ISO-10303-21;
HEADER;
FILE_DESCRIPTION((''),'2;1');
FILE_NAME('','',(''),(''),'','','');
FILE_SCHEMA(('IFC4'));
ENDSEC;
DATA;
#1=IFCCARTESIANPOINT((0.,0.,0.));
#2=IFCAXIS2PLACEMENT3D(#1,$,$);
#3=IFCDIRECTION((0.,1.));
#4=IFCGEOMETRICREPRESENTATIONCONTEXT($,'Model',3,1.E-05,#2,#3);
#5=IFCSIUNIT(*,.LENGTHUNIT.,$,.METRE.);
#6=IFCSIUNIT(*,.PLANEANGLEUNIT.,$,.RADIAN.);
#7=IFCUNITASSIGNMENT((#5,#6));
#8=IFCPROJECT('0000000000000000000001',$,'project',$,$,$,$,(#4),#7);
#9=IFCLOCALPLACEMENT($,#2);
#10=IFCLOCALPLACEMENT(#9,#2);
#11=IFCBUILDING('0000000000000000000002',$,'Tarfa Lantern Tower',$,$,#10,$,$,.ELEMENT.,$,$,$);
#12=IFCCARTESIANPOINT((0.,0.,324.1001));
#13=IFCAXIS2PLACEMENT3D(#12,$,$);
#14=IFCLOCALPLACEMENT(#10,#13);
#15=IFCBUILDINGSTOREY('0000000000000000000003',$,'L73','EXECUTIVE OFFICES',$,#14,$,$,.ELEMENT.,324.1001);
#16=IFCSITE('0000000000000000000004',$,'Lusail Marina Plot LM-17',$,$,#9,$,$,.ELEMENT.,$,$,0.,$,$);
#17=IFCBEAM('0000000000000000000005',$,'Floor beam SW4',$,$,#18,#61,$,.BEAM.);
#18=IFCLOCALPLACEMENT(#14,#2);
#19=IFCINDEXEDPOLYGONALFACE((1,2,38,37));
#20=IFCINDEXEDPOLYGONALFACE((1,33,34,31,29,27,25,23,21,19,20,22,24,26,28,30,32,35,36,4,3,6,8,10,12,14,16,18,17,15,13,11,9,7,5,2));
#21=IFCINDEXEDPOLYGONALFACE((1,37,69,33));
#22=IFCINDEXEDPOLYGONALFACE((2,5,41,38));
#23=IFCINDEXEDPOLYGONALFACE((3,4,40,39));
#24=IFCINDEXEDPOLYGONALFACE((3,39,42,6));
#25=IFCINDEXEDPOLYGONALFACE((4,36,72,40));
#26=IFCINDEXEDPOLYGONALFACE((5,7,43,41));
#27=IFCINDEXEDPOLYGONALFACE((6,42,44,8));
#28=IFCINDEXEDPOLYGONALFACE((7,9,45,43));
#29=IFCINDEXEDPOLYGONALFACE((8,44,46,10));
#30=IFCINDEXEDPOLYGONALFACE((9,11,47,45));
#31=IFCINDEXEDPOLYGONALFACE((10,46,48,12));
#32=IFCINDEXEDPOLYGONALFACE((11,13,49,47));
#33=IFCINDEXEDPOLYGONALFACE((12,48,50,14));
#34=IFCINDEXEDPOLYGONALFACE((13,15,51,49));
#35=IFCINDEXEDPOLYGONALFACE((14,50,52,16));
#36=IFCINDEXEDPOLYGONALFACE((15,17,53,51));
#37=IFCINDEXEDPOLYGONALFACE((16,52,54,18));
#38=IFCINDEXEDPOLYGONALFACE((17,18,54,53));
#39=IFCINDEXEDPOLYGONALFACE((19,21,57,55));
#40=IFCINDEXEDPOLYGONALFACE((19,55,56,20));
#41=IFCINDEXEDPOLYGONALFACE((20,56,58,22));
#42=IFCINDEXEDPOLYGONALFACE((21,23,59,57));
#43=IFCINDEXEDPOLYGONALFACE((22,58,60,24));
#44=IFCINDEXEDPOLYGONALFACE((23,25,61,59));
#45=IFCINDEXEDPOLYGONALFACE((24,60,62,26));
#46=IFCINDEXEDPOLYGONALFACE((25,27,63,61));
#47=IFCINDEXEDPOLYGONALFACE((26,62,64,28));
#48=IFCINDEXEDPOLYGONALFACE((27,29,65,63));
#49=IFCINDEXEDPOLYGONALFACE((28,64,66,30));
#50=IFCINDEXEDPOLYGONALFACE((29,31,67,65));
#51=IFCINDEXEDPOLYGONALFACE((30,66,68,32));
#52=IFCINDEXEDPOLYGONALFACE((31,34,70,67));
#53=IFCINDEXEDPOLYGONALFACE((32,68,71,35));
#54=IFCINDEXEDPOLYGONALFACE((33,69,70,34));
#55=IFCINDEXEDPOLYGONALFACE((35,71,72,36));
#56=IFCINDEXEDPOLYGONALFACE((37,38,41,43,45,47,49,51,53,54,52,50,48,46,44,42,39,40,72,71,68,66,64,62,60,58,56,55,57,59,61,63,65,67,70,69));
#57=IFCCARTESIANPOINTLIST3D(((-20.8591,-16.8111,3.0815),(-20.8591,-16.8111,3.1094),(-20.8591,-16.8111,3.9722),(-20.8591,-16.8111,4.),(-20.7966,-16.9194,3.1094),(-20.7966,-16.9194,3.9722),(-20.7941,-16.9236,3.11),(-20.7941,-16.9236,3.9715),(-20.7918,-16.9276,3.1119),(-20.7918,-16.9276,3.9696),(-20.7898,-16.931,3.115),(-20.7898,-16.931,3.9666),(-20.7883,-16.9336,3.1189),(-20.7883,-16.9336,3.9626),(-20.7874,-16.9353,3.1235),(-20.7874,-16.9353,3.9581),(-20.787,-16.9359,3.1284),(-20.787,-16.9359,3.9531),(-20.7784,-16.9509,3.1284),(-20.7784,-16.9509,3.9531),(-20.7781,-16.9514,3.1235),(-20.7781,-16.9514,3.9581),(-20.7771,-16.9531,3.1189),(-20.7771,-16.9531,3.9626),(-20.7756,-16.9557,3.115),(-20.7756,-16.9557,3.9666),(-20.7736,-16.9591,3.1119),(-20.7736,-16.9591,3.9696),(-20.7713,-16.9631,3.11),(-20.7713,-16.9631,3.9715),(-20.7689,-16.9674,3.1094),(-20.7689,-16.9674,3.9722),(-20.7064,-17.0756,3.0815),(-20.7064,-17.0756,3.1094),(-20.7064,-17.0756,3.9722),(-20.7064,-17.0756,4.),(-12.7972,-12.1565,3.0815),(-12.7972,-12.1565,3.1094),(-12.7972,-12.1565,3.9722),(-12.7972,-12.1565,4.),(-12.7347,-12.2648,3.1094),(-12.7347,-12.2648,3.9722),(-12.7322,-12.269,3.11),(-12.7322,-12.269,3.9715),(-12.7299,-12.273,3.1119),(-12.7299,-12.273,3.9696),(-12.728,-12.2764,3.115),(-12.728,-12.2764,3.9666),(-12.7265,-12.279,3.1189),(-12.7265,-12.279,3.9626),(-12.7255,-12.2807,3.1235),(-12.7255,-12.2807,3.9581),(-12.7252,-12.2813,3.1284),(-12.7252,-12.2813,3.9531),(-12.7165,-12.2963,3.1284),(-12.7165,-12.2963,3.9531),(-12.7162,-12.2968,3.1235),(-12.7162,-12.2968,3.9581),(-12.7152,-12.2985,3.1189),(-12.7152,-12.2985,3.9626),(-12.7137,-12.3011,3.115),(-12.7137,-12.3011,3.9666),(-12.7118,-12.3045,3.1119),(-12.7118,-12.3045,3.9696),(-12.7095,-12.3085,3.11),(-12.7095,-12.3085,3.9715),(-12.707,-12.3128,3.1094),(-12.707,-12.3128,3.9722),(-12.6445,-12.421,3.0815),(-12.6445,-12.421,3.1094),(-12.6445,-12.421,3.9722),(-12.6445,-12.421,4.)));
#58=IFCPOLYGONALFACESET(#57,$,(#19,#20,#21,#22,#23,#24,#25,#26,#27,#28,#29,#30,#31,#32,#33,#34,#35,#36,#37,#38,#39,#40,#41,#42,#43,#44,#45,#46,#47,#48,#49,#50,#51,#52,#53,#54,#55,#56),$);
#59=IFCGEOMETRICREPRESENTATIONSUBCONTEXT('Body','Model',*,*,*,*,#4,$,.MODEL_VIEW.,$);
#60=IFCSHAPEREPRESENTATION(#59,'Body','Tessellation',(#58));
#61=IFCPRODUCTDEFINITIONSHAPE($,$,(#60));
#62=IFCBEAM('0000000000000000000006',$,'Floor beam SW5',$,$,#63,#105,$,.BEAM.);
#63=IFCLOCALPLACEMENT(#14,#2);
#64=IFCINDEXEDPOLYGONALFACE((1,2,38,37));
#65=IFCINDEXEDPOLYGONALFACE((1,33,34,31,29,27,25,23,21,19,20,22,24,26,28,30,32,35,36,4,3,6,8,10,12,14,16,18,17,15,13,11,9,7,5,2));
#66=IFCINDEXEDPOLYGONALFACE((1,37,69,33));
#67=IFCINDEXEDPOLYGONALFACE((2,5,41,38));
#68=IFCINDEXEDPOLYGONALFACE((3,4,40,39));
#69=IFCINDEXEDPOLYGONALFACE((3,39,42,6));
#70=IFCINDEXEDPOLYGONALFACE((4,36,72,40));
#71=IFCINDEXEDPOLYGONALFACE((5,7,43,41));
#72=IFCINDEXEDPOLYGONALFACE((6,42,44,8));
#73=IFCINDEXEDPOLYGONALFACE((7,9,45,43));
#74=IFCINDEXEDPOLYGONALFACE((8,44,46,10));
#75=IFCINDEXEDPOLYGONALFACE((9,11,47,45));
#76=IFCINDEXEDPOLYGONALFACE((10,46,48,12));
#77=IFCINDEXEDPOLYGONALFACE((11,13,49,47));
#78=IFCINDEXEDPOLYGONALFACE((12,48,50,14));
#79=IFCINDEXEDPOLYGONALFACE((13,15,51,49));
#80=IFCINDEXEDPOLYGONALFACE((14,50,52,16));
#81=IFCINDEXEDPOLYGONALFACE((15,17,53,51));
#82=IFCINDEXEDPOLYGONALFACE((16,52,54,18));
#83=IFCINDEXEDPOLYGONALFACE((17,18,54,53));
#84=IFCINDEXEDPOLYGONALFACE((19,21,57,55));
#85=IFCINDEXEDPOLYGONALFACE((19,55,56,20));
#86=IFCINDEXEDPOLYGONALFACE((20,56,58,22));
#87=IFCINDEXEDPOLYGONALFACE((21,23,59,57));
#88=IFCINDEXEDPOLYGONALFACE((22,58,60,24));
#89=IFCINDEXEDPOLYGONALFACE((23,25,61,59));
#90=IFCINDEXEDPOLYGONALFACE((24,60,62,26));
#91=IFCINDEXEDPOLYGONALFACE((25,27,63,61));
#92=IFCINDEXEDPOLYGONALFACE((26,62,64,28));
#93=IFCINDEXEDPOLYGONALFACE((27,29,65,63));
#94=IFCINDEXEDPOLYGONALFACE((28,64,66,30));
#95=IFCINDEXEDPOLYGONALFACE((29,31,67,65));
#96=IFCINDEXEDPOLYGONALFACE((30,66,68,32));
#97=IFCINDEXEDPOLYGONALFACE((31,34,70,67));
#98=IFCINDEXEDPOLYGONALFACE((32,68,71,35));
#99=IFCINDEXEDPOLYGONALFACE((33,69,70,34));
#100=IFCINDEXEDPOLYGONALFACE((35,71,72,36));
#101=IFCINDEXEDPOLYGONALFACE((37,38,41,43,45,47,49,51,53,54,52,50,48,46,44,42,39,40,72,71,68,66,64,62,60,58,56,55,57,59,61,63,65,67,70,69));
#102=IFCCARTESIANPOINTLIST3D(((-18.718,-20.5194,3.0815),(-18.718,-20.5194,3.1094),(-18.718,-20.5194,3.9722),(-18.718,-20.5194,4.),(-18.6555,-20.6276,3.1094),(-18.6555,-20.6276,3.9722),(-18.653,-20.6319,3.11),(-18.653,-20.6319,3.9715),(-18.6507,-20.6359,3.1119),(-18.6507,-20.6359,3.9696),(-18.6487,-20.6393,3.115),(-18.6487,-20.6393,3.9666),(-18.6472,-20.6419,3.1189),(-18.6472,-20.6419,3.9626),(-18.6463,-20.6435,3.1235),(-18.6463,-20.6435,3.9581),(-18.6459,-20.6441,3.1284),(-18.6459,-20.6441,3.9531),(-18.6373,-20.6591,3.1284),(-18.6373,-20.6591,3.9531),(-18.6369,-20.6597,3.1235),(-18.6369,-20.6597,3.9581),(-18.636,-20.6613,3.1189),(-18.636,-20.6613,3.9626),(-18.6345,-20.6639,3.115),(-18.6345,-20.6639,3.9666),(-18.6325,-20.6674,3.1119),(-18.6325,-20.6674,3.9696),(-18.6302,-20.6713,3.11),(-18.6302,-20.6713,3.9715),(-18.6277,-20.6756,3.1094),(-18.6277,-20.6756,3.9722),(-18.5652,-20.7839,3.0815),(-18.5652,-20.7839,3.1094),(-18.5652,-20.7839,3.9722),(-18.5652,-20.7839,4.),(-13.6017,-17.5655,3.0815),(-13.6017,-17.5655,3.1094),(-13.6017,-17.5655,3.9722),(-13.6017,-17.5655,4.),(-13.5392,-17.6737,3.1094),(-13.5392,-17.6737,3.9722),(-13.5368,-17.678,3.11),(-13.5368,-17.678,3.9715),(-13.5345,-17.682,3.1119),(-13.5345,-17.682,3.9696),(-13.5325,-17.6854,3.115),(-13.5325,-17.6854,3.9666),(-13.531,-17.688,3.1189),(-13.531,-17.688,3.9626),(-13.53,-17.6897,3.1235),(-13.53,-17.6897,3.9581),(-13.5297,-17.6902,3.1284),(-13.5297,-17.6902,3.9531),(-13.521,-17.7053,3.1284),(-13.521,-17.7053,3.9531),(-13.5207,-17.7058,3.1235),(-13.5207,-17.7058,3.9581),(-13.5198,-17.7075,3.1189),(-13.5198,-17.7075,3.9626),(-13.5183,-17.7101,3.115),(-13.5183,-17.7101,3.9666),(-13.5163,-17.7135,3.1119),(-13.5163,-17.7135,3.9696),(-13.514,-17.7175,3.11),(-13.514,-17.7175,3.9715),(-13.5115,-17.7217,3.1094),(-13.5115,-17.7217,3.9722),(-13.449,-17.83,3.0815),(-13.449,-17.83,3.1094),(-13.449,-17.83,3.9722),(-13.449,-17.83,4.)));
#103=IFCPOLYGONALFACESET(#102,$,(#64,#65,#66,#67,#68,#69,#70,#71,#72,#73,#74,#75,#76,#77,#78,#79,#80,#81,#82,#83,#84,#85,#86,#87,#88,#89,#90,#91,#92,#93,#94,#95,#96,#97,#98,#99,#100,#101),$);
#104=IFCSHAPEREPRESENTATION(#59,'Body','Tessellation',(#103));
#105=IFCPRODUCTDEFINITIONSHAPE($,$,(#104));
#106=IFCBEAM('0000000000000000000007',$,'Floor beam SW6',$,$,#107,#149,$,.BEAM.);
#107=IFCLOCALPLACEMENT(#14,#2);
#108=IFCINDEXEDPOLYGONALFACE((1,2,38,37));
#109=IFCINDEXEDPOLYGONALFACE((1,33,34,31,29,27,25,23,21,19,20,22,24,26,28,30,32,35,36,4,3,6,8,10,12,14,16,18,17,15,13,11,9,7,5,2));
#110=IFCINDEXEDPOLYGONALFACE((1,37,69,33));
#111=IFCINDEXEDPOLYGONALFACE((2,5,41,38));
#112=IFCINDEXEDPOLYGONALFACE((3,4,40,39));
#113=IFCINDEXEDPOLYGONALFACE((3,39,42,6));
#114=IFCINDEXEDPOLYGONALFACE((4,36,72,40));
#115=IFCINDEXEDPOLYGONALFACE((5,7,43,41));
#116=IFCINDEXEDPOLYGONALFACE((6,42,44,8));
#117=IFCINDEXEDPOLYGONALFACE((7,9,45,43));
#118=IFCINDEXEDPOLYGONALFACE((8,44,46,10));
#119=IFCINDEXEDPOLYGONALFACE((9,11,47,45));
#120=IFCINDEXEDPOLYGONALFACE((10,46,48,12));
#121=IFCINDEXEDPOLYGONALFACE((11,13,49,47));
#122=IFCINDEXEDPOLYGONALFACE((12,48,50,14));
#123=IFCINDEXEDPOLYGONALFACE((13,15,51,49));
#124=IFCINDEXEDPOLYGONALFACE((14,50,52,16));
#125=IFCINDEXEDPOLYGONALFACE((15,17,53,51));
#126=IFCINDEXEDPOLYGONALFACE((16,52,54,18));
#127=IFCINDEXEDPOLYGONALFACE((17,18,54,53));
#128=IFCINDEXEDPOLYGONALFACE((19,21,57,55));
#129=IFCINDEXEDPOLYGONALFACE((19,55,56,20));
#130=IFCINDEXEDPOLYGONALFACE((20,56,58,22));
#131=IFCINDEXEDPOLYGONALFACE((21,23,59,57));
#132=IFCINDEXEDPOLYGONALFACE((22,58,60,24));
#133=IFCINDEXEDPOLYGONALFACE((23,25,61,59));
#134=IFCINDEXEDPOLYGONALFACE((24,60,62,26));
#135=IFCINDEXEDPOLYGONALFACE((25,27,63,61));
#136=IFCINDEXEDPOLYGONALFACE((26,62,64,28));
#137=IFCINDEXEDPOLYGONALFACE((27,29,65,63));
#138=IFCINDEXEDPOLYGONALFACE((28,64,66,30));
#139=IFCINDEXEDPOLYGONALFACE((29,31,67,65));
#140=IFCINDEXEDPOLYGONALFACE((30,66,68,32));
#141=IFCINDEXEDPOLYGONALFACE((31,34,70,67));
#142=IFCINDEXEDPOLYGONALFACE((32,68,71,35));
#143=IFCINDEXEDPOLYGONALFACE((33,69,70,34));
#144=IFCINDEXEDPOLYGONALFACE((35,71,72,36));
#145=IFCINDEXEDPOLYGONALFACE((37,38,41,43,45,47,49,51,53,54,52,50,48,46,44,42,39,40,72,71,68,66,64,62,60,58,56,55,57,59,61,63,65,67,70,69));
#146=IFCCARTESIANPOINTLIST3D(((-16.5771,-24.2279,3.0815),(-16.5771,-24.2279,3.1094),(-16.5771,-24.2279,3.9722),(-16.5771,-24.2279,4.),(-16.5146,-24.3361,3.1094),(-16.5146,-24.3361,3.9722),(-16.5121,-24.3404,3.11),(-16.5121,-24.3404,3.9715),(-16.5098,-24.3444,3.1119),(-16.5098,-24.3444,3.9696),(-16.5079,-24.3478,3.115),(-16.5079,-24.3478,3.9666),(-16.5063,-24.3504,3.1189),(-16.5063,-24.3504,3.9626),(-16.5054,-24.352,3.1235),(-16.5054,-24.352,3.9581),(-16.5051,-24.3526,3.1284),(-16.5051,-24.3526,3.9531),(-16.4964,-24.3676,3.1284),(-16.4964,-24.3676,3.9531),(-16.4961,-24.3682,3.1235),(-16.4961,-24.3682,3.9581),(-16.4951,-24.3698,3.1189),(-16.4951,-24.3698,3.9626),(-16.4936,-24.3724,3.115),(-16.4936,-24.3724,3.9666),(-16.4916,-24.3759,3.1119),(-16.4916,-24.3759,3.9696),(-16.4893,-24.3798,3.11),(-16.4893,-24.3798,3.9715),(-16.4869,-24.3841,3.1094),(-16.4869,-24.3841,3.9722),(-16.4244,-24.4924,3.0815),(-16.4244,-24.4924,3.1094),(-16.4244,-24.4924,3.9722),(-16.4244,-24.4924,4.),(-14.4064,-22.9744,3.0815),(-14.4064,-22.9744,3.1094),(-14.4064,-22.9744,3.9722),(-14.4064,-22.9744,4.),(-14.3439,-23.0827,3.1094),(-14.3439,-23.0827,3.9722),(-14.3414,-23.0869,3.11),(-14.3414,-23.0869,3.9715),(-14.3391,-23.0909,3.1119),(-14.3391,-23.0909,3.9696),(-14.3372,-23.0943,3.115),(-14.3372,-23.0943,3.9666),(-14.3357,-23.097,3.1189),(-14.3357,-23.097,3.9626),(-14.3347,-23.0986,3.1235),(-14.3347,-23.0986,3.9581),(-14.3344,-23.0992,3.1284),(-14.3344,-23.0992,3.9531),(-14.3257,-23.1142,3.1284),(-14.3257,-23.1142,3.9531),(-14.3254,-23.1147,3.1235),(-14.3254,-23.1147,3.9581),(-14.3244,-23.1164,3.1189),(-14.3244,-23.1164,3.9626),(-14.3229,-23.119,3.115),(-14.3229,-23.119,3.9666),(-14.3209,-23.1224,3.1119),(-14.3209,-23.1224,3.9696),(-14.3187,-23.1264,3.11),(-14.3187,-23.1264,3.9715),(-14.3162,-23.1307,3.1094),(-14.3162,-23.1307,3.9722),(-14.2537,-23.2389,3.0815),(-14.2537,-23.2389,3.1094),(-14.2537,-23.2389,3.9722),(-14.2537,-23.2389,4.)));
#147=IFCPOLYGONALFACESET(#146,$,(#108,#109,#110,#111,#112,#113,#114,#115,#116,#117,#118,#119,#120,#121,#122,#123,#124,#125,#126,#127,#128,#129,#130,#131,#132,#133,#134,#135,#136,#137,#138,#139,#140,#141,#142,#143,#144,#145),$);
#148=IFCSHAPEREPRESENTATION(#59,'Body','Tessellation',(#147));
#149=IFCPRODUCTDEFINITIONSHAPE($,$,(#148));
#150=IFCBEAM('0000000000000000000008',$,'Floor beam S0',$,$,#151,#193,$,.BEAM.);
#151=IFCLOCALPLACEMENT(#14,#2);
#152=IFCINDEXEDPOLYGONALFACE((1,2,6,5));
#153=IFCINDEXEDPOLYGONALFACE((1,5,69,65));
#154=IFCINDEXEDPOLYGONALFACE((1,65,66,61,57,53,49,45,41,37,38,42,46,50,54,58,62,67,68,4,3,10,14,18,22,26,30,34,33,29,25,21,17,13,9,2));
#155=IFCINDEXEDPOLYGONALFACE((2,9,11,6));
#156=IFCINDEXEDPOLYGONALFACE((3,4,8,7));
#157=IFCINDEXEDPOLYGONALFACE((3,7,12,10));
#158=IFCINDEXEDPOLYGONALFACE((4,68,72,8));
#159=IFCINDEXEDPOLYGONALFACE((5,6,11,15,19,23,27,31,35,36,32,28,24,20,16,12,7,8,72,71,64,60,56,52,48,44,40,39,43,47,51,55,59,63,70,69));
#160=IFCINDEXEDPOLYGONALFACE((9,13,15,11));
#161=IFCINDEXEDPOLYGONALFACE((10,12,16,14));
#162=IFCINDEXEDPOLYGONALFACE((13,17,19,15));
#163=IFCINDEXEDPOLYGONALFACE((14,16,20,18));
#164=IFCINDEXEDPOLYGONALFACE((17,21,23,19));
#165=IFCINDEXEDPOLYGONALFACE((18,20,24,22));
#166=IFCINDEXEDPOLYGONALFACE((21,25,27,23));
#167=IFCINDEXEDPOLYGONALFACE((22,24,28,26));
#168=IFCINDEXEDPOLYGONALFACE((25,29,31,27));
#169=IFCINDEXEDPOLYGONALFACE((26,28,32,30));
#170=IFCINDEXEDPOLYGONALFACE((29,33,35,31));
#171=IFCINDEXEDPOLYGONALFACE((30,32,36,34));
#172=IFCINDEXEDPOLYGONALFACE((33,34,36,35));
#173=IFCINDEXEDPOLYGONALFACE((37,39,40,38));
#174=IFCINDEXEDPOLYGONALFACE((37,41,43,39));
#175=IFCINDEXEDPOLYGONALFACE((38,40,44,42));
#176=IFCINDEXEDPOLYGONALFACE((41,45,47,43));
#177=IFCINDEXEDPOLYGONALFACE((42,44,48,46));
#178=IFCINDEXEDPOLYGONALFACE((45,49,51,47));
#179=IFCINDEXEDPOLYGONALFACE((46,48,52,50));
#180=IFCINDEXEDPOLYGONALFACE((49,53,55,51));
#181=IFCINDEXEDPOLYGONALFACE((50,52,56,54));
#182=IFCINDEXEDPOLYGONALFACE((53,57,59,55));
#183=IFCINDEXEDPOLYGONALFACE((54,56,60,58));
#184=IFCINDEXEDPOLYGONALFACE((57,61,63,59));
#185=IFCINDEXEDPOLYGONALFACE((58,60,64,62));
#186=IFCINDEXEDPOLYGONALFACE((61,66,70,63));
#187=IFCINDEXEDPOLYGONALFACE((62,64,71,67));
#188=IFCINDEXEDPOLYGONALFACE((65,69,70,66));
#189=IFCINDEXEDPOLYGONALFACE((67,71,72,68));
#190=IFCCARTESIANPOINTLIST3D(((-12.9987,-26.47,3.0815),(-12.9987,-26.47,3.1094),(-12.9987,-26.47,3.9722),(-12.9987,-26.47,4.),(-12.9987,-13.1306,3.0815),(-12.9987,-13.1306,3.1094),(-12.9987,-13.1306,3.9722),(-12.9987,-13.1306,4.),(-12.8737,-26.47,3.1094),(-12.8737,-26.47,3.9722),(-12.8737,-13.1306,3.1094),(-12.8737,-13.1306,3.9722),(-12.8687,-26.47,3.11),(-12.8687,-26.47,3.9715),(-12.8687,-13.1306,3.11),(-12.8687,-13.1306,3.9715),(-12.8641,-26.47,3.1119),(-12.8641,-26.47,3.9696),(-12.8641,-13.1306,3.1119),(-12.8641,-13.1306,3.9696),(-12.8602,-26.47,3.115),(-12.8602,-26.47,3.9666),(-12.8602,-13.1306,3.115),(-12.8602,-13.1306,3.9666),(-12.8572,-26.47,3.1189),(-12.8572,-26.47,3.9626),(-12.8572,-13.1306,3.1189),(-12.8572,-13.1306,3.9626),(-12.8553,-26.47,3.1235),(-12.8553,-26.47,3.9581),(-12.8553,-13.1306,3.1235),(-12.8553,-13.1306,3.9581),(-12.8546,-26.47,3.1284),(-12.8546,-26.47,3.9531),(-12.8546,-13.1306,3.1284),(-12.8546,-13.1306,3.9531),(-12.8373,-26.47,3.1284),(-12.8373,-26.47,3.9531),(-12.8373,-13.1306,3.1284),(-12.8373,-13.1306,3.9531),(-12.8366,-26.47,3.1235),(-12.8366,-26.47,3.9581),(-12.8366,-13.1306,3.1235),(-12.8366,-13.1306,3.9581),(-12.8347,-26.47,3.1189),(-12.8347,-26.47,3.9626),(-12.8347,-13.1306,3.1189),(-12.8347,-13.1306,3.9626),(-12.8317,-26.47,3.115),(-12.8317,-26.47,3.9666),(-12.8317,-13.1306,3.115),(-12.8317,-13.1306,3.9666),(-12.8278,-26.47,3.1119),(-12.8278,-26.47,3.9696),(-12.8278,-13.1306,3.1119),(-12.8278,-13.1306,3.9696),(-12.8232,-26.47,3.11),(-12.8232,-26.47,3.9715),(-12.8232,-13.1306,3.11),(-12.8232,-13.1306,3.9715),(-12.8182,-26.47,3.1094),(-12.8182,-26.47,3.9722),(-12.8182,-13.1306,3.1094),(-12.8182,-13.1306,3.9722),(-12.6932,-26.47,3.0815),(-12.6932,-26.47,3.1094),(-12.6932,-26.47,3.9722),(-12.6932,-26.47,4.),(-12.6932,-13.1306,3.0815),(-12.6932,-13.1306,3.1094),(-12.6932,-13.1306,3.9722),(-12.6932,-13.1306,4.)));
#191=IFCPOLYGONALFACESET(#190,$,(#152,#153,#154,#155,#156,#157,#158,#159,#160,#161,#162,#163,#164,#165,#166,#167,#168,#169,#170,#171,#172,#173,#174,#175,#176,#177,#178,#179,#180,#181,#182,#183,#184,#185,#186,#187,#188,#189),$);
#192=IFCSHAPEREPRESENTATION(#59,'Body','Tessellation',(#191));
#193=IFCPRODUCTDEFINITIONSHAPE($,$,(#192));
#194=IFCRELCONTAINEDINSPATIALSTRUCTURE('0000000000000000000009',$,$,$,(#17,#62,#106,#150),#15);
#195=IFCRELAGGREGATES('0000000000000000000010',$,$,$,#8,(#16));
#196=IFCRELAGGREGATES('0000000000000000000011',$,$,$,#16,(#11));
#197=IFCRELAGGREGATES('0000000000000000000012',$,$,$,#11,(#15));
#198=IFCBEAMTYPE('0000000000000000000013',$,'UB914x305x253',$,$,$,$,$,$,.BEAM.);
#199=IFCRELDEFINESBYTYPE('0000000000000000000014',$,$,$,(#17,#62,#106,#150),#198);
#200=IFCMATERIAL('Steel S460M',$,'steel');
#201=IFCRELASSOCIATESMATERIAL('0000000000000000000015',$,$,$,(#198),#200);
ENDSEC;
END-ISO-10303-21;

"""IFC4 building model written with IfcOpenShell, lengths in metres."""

from ifc_helpers import new_model, si_unit, direction, frame, origin, origin_2d, place, context, subcontext, project, spatial, i_section, extrude, material, material_profile, profile_set, type_object, element, save


model = new_model("IFC4")

# Units and contexts
model_context = context("Model", 3, precision=1e-05, world=origin(), true_north=direction((0.0, 1.0)))
body_context = subcontext(model_context, "Body", "Model", "MODEL_VIEW")
ifc_project = project(units=[si_unit("LENGTHUNIT", "METRE"), si_unit("PLANEANGLEUNIT", "RADIAN")], contexts=[model_context])

# Site, building, storey
site_placement = place(None, origin())
site = spatial("IfcSite", under=ifc_project, at=site_placement, Name="Lusail Marina Plot LM-17", CompositionType="ELEMENT", RefElevation=0.0)
building_placement = place(site_placement, origin())
building = spatial("IfcBuilding", under=site, at=building_placement, Name="Tarfa Lantern Tower", CompositionType="ELEMENT")
storey_placement = place(building_placement, frame((0.0, 0.0, 324.1001)))
storey = spatial("IfcBuildingStorey", under=building, at=storey_placement, Name="L73", Description="EXECUTIVE OFFICES", CompositionType="ELEMENT", Elevation=324.1001)

# Beams
ifc_material_1 = material(Name="Steel S460M", Category="steel")
ifc_material_profile_1 = material_profile(ifc_material_1, i_section(OverallWidth=0.3054, OverallDepth=0.9185, WebThickness=0.0173, FlangeThickness=0.0278, FilletRadius=0.019, at=origin_2d()), Name="UB914x305x253")
ifc_profile_set_1 = profile_set([ifc_material_profile_1], Name="Steel S460M")
beam_type_1 = type_object("IfcBeamType", Name="UB914x305x253", PredefinedType="BEAM", material=ifc_profile_set_1)
beam_1_placement = place(storey_placement, frame((-20.7827, -16.9434, 3.5408), z_axis=(0.866022, 0.500006, 0.0), x_axis=(-0.500006, 0.866022, 0.0)))
element("IfcBeam", 1, at=beam_1_placement, inside=storey, type_object=beam_type_1, Name="Floor beam SW4", PredefinedType="BEAM", context=body_context, shape_type="SweptSolid", body=[
    extrude(i_section(OverallWidth=0.3054, OverallDepth=0.9185, WebThickness=0.0173, FlangeThickness=0.0278, FilletRadius=0.019, at=origin_2d()), origin(), (0.0, 0.0, 1.0), 9.3091),
])
beam_2_placement = place(storey_placement, frame((-18.6416, -20.6516, 3.5408), z_axis=(0.866025, 0.500001, 0.0), x_axis=(-0.500001, 0.866025, 0.0)))
element("IfcBeam", 2, at=beam_2_placement, inside=storey, type_object=beam_type_1, Name="Floor beam SW5", PredefinedType="BEAM", context=body_context, shape_type="SweptSolid", body=[
    extrude(i_section(OverallWidth=0.3054, OverallDepth=0.9185, WebThickness=0.0173, FlangeThickness=0.0278, FilletRadius=0.019, at=origin_2d()), origin(), (0.0, 0.0, 1.0), 5.9077),
])
beam_3_placement = place(storey_placement, frame((-16.5007, -24.3601, 3.5408), z_axis=(0.865993, 0.500057, 0.0), x_axis=(-0.500057, 0.865993, 0.0)))
element("IfcBeam", 3, at=beam_3_placement, inside=storey, type_object=beam_type_1, Name="Floor beam SW6", PredefinedType="BEAM", context=body_context, shape_type="SweptSolid", body=[
    extrude(i_section(OverallWidth=0.3054, OverallDepth=0.9185, WebThickness=0.0173, FlangeThickness=0.0278, FilletRadius=0.019, at=origin_2d()), origin(), (0.0, 0.0, 1.0), 2.5066),
])
beam_4_placement = place(storey_placement, frame((-12.8459, -26.47, 3.5408), z_axis=(0.0, 1.0, 0.0), x_axis=(-1.0, 0.0, 0.0)))
element("IfcBeam", 4, at=beam_4_placement, inside=storey, type_object=beam_type_1, Name="Floor beam S0", PredefinedType="BEAM", context=body_context, shape_type="SweptSolid", body=[
    extrude(i_section(OverallWidth=0.3054, OverallDepth=0.9185, WebThickness=0.0173, FlangeThickness=0.0278, FilletRadius=0.019, at=origin_2d()), origin(), (0.0, 0.0, 1.0), 13.3394),
])

save(model, "model.ifc")
